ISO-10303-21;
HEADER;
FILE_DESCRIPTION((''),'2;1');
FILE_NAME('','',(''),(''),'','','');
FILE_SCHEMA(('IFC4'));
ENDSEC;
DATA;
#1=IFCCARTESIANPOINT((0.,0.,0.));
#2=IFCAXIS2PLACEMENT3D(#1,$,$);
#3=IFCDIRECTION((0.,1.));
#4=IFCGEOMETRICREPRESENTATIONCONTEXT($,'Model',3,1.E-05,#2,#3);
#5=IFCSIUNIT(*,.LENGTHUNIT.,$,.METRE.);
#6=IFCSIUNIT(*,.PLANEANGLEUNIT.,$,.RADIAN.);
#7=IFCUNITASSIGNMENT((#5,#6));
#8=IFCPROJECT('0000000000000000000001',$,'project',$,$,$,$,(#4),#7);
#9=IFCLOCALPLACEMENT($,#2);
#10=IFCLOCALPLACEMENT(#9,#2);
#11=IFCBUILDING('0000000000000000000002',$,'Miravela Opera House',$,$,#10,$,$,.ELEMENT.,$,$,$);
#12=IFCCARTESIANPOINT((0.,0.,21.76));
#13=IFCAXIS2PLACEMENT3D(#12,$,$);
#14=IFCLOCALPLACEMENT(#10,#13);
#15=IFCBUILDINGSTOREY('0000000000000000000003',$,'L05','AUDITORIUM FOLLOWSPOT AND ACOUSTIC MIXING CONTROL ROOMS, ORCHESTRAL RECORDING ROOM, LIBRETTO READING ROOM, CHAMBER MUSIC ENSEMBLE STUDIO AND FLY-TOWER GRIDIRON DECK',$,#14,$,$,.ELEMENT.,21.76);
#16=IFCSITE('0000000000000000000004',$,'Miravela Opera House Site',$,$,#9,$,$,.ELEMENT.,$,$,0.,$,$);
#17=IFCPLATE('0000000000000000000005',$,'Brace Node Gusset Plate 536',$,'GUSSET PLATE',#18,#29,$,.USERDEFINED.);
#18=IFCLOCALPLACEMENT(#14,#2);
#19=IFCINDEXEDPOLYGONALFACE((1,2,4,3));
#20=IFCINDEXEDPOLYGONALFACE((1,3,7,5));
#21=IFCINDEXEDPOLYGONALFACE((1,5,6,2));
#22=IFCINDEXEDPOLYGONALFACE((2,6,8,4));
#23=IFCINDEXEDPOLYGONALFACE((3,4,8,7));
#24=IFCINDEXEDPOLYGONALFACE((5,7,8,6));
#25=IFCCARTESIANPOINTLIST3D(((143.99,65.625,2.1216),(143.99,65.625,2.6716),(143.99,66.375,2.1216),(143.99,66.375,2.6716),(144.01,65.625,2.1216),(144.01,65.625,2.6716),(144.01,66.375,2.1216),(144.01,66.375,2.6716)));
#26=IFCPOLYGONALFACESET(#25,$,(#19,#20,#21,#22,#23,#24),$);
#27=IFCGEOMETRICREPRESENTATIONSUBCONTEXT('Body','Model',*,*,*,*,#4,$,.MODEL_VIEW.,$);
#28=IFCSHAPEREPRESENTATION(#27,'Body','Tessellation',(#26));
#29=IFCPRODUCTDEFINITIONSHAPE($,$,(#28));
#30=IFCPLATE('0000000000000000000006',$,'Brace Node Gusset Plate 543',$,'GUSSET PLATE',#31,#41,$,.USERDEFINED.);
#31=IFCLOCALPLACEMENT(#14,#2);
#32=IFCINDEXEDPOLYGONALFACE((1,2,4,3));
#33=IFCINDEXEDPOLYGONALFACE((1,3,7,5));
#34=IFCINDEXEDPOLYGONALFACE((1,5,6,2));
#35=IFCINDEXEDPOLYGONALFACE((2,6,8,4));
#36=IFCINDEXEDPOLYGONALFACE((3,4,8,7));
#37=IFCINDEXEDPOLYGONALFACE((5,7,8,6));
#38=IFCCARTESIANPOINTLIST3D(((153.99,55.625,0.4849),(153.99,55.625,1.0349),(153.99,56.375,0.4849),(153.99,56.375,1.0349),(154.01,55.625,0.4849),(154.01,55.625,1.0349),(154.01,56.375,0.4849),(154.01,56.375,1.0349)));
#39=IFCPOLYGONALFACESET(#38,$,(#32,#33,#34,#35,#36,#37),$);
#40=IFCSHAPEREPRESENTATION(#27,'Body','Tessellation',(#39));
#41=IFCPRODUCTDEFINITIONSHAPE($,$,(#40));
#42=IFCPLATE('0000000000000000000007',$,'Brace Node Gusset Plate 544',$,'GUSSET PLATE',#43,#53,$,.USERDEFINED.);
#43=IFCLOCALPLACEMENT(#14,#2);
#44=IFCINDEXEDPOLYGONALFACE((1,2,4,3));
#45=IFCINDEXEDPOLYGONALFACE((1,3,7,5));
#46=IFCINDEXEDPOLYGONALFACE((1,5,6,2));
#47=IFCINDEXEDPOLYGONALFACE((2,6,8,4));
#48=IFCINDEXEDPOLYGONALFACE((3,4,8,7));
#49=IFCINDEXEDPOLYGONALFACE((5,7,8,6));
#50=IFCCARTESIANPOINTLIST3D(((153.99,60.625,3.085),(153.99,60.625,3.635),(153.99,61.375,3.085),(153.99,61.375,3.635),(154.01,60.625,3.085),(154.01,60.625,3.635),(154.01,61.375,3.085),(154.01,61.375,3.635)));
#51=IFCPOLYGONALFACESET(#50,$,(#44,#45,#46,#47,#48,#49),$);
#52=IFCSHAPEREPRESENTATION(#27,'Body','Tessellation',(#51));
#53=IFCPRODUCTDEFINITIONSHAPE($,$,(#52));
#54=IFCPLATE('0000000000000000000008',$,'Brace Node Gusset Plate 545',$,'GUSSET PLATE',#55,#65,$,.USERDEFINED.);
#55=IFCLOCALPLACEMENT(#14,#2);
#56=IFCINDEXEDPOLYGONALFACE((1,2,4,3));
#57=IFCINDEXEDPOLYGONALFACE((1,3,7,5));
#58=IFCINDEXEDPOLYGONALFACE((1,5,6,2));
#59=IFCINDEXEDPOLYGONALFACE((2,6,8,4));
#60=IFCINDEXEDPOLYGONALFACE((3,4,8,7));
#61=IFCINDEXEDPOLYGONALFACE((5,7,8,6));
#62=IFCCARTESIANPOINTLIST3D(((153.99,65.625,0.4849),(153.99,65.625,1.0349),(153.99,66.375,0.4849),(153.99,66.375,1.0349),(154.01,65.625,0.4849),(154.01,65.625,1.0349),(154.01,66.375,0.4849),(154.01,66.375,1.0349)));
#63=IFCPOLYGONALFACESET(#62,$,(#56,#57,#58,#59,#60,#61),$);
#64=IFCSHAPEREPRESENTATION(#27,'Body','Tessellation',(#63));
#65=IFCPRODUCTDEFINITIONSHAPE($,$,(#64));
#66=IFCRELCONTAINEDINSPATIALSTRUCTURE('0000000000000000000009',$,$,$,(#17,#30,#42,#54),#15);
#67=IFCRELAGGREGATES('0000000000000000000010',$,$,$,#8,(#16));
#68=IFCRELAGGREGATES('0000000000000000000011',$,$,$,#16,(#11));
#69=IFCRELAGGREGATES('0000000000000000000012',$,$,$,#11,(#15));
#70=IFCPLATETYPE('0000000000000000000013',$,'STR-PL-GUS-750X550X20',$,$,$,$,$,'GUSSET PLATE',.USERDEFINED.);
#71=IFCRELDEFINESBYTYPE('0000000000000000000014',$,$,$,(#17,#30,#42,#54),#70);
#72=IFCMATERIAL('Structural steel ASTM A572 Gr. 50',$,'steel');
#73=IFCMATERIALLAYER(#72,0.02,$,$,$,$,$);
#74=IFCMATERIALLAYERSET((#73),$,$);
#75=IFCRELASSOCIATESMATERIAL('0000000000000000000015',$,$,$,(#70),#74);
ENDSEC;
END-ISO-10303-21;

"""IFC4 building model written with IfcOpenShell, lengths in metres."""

from ifc_helpers import new_model, si_unit, direction, frame, origin, origin_2d, place, context, subcontext, project, spatial, rectangle, extrude, material, layer, layer_set, type_object, element, save


model = new_model("IFC4")

# Units and contexts
model_context = context("Model", 3, precision=1e-05, world=origin(), true_north=direction((0.0, 1.0)))
body_context = subcontext(model_context, "Body", "Model", "MODEL_VIEW")
ifc_project = project(units=[si_unit("LENGTHUNIT", "METRE"), si_unit("PLANEANGLEUNIT", "RADIAN")], contexts=[model_context])

# Site, building, storey
site_placement = place(None, origin())
site = spatial("IfcSite", under=ifc_project, at=site_placement, Name="Miravela Opera House Site", CompositionType="ELEMENT", RefElevation=0.0)
building_placement = place(site_placement, origin())
building = spatial("IfcBuilding", under=site, at=building_placement, Name="Miravela Opera House", CompositionType="ELEMENT")
storey_placement = place(building_placement, frame((0.0, 0.0, 21.76)))
storey = spatial("IfcBuildingStorey", under=building, at=storey_placement, Name="L05", Description="AUDITORIUM FOLLOWSPOT AND ACOUSTIC MIXING CONTROL ROOMS, ORCHESTRAL RECORDING ROOM, LIBRETTO READING ROOM, CHAMBER MUSIC ENSEMBLE STUDIO AND FLY-TOWER GRIDIRON DECK", CompositionType="ELEMENT", Elevation=21.76)

# Plates
ifc_material_1 = material(Name="Structural steel ASTM A572 Gr. 50", Category="steel")
ifc_layer = layer(ifc_material_1, 0.02)
ifc_layer_set = layer_set([ifc_layer])
plate_type = type_object("IfcPlateType", Name="STR-PL-GUS-750X550X20", ElementType="GUSSET PLATE", PredefinedType="USERDEFINED", material=ifc_layer_set)
for number, where, z_axis, x_axis, name in (
    (1, (144.0, 66.0, 2.1216), (0.0, 0.0, 1.0), (0.0, 1.0, 0.0), "Brace Node Gusset Plate 536"),
    (2, (154.0, 56.0, 0.4849), (0.0, 0.0, 1.0), (0.0, 1.0, 0.0), "Brace Node Gusset Plate 543"),
    (3, (154.0, 61.0, 3.085), (0.0, 0.0, 1.0), (0.0, 1.0, 0.0), "Brace Node Gusset Plate 544"),
    (4, (154.0, 66.0, 0.4849), (0.0, 0.0, 1.0), (0.0, 1.0, 0.0), "Brace Node Gusset Plate 545"),
):
    element("IfcPlate", number, at=place(storey_placement, frame(where, z_axis=z_axis, x_axis=x_axis)), inside=storey, type_object=plate_type, Name=name, ObjectType="GUSSET PLATE", PredefinedType="USERDEFINED", context=body_context, shape_type="SweptSolid", body=[
        extrude(rectangle(XDim=0.75, YDim=0.02, at=origin_2d()), origin(), (0.0, 0.0, 1.0), 0.55),
    ])

save(model, "model.ifc")
